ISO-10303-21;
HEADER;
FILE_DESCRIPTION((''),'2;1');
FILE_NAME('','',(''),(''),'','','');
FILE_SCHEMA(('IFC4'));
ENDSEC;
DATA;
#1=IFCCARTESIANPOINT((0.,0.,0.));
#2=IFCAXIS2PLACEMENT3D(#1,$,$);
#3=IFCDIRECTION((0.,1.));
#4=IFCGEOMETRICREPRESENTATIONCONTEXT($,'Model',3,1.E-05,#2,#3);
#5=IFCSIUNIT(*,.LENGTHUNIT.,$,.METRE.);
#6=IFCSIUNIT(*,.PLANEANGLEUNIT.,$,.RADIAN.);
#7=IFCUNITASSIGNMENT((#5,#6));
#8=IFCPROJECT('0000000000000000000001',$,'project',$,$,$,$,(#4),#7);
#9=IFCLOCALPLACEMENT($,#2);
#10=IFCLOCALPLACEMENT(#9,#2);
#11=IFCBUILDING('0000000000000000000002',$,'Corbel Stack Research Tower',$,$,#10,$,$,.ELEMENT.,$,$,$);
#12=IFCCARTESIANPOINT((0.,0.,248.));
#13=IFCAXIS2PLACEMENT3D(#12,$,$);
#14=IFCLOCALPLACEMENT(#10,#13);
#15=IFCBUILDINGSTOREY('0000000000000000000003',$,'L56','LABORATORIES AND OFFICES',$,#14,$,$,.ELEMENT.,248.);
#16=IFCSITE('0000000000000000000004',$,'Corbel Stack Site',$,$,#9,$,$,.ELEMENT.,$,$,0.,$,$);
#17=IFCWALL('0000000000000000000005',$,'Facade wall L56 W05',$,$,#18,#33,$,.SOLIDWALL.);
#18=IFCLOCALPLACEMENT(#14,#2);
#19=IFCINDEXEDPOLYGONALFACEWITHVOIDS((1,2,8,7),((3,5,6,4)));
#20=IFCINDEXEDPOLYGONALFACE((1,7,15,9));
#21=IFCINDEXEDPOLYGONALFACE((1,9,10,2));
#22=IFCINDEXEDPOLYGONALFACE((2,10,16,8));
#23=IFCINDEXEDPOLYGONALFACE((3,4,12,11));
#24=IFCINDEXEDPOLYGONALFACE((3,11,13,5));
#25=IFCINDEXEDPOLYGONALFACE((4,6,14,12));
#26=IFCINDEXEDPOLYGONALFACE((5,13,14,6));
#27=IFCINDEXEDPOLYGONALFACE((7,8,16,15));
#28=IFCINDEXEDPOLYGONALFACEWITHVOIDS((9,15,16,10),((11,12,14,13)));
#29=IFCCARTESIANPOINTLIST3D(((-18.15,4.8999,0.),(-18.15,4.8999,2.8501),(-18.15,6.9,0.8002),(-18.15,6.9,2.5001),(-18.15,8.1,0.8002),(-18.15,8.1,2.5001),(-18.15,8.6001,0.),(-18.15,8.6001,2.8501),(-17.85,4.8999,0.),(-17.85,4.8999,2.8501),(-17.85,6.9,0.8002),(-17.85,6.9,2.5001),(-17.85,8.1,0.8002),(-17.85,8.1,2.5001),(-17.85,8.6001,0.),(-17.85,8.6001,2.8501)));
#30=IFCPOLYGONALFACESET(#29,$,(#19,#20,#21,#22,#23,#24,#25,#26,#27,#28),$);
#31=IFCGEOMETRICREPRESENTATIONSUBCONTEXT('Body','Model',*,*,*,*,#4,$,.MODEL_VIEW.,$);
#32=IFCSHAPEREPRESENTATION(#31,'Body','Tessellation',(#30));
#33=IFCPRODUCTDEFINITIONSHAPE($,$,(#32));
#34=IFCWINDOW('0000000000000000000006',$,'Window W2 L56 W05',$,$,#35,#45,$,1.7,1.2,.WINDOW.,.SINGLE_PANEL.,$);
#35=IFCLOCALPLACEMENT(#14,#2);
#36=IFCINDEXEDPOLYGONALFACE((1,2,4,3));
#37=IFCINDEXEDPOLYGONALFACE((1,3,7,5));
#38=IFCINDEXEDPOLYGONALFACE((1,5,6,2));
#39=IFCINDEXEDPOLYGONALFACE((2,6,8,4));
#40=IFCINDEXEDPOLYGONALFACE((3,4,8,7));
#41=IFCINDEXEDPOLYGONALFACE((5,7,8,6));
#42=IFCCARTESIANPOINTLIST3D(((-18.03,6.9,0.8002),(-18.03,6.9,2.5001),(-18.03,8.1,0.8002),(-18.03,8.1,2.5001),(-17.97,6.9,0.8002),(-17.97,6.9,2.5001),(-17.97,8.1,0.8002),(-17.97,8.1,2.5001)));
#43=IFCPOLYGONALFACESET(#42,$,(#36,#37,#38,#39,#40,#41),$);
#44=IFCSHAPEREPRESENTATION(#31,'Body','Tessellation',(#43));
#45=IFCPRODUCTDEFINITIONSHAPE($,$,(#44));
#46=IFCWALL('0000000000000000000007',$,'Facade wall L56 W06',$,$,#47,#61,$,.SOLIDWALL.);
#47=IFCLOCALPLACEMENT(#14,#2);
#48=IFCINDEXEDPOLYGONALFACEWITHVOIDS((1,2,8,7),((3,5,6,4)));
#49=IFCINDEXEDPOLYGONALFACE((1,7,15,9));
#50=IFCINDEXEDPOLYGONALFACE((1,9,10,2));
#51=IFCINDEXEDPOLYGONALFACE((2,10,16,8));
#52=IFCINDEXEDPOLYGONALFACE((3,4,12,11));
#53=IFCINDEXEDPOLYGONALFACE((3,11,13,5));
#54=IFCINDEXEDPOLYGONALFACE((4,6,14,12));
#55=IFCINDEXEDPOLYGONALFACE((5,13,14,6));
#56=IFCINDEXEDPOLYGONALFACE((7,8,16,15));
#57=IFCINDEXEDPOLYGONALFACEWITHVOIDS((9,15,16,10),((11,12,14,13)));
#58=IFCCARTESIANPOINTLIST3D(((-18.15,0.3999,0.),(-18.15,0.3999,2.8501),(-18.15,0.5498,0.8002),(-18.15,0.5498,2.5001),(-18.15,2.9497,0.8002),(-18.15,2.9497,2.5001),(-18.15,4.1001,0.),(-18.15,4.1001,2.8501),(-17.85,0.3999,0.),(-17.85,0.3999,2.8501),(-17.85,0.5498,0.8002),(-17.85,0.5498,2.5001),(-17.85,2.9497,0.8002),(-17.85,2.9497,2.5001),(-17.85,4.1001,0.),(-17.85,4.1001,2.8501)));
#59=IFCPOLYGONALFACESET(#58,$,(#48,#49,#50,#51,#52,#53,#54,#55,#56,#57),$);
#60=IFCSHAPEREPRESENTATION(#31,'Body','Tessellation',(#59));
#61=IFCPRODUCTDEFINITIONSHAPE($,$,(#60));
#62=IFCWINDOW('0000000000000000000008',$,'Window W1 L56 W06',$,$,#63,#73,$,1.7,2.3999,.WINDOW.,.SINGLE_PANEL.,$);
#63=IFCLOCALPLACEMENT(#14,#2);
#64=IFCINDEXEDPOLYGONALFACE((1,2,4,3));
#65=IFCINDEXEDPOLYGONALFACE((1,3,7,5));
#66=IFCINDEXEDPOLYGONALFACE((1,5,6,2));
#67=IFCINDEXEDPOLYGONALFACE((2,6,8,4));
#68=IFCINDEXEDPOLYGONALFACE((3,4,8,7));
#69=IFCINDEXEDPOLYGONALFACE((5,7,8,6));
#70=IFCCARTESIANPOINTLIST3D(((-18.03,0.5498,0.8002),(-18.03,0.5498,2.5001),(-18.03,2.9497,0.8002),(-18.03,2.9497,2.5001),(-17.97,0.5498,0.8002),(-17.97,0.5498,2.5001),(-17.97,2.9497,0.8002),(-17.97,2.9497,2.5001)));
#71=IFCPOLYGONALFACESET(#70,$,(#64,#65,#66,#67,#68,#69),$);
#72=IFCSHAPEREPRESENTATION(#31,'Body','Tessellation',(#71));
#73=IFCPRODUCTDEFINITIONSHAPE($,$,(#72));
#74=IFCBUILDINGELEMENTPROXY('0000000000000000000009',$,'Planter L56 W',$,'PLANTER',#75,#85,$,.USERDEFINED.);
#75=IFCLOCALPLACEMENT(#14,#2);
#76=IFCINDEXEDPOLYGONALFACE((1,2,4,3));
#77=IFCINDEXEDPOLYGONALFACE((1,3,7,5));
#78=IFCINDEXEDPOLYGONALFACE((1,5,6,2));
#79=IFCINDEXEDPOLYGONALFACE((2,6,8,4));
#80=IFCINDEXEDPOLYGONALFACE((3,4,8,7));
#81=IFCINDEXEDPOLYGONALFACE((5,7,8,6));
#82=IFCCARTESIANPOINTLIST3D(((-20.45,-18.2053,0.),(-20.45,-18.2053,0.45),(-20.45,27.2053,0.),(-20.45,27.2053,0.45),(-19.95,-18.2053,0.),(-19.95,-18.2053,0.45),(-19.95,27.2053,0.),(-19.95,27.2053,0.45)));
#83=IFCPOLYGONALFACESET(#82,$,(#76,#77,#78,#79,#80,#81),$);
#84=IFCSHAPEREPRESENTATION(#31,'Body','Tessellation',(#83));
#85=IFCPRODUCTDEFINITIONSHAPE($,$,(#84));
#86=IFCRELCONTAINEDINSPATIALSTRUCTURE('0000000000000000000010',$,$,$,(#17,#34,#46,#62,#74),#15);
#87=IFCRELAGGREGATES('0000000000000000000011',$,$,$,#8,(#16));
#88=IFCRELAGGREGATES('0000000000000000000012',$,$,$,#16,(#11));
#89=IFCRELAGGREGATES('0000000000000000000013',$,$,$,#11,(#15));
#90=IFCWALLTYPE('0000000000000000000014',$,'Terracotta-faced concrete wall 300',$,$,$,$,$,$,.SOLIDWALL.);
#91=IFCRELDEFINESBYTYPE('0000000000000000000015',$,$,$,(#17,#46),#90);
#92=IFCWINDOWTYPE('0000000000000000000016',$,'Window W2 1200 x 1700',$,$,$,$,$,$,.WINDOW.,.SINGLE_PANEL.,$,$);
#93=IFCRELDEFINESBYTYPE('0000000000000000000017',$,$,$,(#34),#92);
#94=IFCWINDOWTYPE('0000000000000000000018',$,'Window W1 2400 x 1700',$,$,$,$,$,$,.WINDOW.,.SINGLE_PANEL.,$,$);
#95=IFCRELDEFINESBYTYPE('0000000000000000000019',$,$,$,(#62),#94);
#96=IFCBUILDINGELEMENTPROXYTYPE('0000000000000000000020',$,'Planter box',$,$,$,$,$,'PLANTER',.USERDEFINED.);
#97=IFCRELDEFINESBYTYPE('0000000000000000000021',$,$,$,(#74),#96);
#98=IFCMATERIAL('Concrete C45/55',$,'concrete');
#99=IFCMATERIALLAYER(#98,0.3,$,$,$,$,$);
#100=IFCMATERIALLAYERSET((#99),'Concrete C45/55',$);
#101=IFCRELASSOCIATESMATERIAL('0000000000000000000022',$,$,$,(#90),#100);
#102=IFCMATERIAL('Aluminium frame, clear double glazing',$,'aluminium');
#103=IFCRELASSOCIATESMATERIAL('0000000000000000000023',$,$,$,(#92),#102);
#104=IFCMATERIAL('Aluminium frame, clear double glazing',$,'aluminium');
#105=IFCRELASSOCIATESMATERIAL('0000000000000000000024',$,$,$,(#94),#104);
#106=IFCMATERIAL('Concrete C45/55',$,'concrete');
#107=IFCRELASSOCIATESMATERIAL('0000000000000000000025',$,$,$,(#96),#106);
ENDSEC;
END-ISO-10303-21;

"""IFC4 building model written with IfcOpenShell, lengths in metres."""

from ifc_helpers import new_model, si_unit, direction, frame, frame_2d, origin, origin_2d, place, context, subcontext, project, spatial, rectangle, extrude, material, layer, layer_set, type_object, element, fill, save


model = new_model("IFC4")

# Units and contexts
model_context = context("Model", 3, precision=1e-05, world=origin(), true_north=direction((0.0, 1.0)))
body_context = subcontext(model_context, "Body", "Model", "MODEL_VIEW")
ifc_project = project(units=[si_unit("LENGTHUNIT", "METRE"), si_unit("PLANEANGLEUNIT", "RADIAN")], contexts=[model_context])

# Site, building, storey
site_placement = place(None, origin())
site = spatial("IfcSite", under=ifc_project, at=site_placement, Name="Corbel Stack Site", CompositionType="ELEMENT", RefElevation=0.0)
building_placement = place(site_placement, origin())
building = spatial("IfcBuilding", under=site, at=building_placement, Name="Corbel Stack Research Tower", CompositionType="ELEMENT")
storey_placement = place(building_placement, frame((0.0, 0.0, 248.0)))
storey = spatial("IfcBuildingStorey", under=building, at=storey_placement, Name="L56", Description="LABORATORIES AND OFFICES", CompositionType="ELEMENT", Elevation=248.0)

# Walls, openings, windows
ifc_material_1 = material(Name="Concrete C45/55", Category="concrete")
ifc_layer_1 = layer(ifc_material_1, 0.3)
ifc_layer_set_1 = layer_set([ifc_layer_1], Name="Concrete C45/55")
wall_type_1 = type_object("IfcWallType", Name="Terracotta-faced concrete wall 300", PredefinedType="SOLIDWALL", material=ifc_layer_set_1)
wall_1_placement = place(storey_placement, frame((-18.0, 4.8999, 0.0), z_axis=(0.0, 0.0, 1.0), x_axis=(0.0, 1.0, 0.0)))
wall_1 = element("IfcWall", 1, at=wall_1_placement, inside=storey, type_object=wall_type_1, Name="Facade wall L56 W05", PredefinedType="SOLIDWALL", context=body_context, shape_type="SweptSolid", body=[
    extrude(rectangle(XDim=3.7002, YDim=0.3, at=frame_2d((1.8501, 0.0))), origin(), (0.0, 0.0, 1.0), 2.8501),
])
opening_1_placement = place(wall_1_placement, frame((2.0, 0.0, 0.8)))
opening_1 = element("IfcOpeningElement", 2, at=opening_1_placement, cuts=wall_1, PredefinedType="OPENING", context=body_context, shape_type="SweptSolid", body=[
    extrude(rectangle(XDim=1.2, YDim=1.7, at=frame_2d((0.6001, 0.8501))), frame((0.0, 0.1599, 0.0), z_axis=(0.0, -1.0, 0.0), x_axis=(1.0, 0.0, 0.0)), (0.0, 0.0, 1.0), 0.3201),
])
ifc_material_2 = material(Name="Aluminium frame, clear double glazing", Category="aluminium")
window_type_1 = type_object("IfcWindowType", Name="Window W2 1200 x 1700", PartitioningType="SINGLE_PANEL", PredefinedType="WINDOW", material=ifc_material_2)
window_1_placement = place(opening_1_placement, origin())
window_1 = element("IfcWindow", 3, at=window_1_placement, inside=storey, type_object=window_type_1, Name="Window W2 L56 W05", OverallHeight=1.7, OverallWidth=1.2, PartitioningType="SINGLE_PANEL", PredefinedType="WINDOW", context=body_context, shape_type="SweptSolid", body=[
    extrude(rectangle(XDim=1.2, YDim=1.7, at=frame_2d((0.6001, 0.8501))), frame((0.0, 0.03, 0.0), z_axis=(0.0, -1.0, 0.0), x_axis=(1.0, 0.0, 0.0)), (0.0, 0.0, 1.0), 0.0601),
])
fill(opening_1, window_1)
wall_2_placement = place(storey_placement, frame((-18.0, 0.3999, 0.0), z_axis=(0.0, 0.0, 1.0), x_axis=(0.0, 1.0, 0.0)))
wall_2 = element("IfcWall", 4, at=wall_2_placement, inside=storey, type_object=wall_type_1, Name="Facade wall L56 W06", PredefinedType="SOLIDWALL", context=body_context, shape_type="SweptSolid", body=[
    extrude(rectangle(XDim=3.7002, YDim=0.3, at=frame_2d((1.8501, 0.0))), origin(), (0.0, 0.0, 1.0), 2.8501),
])
opening_2_placement = place(wall_2_placement, frame((0.1499, 0.0, 0.8)))
opening_2 = element("IfcOpeningElement", 5, at=opening_2_placement, cuts=wall_2, PredefinedType="OPENING", context=body_context, shape_type="SweptSolid", body=[
    extrude(rectangle(XDim=2.3999, YDim=1.7, at=frame_2d((1.2, 0.8501))), frame((0.0, 0.1599, 0.0), z_axis=(0.0, -1.0, 0.0), x_axis=(1.0, 0.0, 0.0)), (0.0, 0.0, 1.0), 0.3201),
])
ifc_material_3 = material(Name="Aluminium frame, clear double glazing", Category="aluminium")
window_type_2 = type_object("IfcWindowType", Name="Window W1 2400 x 1700", PartitioningType="SINGLE_PANEL", PredefinedType="WINDOW", material=ifc_material_3)
window_2_placement = place(opening_2_placement, origin())
window_2 = element("IfcWindow", 6, at=window_2_placement, inside=storey, type_object=window_type_2, Name="Window W1 L56 W06", OverallHeight=1.7, OverallWidth=2.3999, PartitioningType="SINGLE_PANEL", PredefinedType="WINDOW", context=body_context, shape_type="SweptSolid", body=[
    extrude(rectangle(XDim=2.3999, YDim=1.7, at=frame_2d((1.2, 0.8501))), frame((0.0, 0.03, 0.0), z_axis=(0.0, -1.0, 0.0), x_axis=(1.0, 0.0, 0.0)), (0.0, 0.0, 1.0), 0.0601),
])
fill(opening_2, window_2)

# Building element proxy
ifc_material_4 = material(Name="Concrete C45/55", Category="concrete")
building_element_proxy_type = type_object("IfcBuildingElementProxyType", Name="Planter box", ElementType="PLANTER", PredefinedType="USERDEFINED", material=ifc_material_4)
proxy_placement = place(storey_placement, frame((-20.2, 4.5, 0.0), z_axis=(0.0, 0.0, 1.0), x_axis=(0.0, -1.0, 0.0)))
element("IfcBuildingElementProxy", 7, at=proxy_placement, inside=storey, type_object=building_element_proxy_type, Name="Planter L56 W", ObjectType="PLANTER", PredefinedType="USERDEFINED", context=body_context, shape_type="SweptSolid", body=[
    extrude(rectangle(XDim=45.4106, YDim=0.5, at=origin_2d()), origin(), (0.0, 0.0, 1.0), 0.45),
])

save(model, "model.ifc")
